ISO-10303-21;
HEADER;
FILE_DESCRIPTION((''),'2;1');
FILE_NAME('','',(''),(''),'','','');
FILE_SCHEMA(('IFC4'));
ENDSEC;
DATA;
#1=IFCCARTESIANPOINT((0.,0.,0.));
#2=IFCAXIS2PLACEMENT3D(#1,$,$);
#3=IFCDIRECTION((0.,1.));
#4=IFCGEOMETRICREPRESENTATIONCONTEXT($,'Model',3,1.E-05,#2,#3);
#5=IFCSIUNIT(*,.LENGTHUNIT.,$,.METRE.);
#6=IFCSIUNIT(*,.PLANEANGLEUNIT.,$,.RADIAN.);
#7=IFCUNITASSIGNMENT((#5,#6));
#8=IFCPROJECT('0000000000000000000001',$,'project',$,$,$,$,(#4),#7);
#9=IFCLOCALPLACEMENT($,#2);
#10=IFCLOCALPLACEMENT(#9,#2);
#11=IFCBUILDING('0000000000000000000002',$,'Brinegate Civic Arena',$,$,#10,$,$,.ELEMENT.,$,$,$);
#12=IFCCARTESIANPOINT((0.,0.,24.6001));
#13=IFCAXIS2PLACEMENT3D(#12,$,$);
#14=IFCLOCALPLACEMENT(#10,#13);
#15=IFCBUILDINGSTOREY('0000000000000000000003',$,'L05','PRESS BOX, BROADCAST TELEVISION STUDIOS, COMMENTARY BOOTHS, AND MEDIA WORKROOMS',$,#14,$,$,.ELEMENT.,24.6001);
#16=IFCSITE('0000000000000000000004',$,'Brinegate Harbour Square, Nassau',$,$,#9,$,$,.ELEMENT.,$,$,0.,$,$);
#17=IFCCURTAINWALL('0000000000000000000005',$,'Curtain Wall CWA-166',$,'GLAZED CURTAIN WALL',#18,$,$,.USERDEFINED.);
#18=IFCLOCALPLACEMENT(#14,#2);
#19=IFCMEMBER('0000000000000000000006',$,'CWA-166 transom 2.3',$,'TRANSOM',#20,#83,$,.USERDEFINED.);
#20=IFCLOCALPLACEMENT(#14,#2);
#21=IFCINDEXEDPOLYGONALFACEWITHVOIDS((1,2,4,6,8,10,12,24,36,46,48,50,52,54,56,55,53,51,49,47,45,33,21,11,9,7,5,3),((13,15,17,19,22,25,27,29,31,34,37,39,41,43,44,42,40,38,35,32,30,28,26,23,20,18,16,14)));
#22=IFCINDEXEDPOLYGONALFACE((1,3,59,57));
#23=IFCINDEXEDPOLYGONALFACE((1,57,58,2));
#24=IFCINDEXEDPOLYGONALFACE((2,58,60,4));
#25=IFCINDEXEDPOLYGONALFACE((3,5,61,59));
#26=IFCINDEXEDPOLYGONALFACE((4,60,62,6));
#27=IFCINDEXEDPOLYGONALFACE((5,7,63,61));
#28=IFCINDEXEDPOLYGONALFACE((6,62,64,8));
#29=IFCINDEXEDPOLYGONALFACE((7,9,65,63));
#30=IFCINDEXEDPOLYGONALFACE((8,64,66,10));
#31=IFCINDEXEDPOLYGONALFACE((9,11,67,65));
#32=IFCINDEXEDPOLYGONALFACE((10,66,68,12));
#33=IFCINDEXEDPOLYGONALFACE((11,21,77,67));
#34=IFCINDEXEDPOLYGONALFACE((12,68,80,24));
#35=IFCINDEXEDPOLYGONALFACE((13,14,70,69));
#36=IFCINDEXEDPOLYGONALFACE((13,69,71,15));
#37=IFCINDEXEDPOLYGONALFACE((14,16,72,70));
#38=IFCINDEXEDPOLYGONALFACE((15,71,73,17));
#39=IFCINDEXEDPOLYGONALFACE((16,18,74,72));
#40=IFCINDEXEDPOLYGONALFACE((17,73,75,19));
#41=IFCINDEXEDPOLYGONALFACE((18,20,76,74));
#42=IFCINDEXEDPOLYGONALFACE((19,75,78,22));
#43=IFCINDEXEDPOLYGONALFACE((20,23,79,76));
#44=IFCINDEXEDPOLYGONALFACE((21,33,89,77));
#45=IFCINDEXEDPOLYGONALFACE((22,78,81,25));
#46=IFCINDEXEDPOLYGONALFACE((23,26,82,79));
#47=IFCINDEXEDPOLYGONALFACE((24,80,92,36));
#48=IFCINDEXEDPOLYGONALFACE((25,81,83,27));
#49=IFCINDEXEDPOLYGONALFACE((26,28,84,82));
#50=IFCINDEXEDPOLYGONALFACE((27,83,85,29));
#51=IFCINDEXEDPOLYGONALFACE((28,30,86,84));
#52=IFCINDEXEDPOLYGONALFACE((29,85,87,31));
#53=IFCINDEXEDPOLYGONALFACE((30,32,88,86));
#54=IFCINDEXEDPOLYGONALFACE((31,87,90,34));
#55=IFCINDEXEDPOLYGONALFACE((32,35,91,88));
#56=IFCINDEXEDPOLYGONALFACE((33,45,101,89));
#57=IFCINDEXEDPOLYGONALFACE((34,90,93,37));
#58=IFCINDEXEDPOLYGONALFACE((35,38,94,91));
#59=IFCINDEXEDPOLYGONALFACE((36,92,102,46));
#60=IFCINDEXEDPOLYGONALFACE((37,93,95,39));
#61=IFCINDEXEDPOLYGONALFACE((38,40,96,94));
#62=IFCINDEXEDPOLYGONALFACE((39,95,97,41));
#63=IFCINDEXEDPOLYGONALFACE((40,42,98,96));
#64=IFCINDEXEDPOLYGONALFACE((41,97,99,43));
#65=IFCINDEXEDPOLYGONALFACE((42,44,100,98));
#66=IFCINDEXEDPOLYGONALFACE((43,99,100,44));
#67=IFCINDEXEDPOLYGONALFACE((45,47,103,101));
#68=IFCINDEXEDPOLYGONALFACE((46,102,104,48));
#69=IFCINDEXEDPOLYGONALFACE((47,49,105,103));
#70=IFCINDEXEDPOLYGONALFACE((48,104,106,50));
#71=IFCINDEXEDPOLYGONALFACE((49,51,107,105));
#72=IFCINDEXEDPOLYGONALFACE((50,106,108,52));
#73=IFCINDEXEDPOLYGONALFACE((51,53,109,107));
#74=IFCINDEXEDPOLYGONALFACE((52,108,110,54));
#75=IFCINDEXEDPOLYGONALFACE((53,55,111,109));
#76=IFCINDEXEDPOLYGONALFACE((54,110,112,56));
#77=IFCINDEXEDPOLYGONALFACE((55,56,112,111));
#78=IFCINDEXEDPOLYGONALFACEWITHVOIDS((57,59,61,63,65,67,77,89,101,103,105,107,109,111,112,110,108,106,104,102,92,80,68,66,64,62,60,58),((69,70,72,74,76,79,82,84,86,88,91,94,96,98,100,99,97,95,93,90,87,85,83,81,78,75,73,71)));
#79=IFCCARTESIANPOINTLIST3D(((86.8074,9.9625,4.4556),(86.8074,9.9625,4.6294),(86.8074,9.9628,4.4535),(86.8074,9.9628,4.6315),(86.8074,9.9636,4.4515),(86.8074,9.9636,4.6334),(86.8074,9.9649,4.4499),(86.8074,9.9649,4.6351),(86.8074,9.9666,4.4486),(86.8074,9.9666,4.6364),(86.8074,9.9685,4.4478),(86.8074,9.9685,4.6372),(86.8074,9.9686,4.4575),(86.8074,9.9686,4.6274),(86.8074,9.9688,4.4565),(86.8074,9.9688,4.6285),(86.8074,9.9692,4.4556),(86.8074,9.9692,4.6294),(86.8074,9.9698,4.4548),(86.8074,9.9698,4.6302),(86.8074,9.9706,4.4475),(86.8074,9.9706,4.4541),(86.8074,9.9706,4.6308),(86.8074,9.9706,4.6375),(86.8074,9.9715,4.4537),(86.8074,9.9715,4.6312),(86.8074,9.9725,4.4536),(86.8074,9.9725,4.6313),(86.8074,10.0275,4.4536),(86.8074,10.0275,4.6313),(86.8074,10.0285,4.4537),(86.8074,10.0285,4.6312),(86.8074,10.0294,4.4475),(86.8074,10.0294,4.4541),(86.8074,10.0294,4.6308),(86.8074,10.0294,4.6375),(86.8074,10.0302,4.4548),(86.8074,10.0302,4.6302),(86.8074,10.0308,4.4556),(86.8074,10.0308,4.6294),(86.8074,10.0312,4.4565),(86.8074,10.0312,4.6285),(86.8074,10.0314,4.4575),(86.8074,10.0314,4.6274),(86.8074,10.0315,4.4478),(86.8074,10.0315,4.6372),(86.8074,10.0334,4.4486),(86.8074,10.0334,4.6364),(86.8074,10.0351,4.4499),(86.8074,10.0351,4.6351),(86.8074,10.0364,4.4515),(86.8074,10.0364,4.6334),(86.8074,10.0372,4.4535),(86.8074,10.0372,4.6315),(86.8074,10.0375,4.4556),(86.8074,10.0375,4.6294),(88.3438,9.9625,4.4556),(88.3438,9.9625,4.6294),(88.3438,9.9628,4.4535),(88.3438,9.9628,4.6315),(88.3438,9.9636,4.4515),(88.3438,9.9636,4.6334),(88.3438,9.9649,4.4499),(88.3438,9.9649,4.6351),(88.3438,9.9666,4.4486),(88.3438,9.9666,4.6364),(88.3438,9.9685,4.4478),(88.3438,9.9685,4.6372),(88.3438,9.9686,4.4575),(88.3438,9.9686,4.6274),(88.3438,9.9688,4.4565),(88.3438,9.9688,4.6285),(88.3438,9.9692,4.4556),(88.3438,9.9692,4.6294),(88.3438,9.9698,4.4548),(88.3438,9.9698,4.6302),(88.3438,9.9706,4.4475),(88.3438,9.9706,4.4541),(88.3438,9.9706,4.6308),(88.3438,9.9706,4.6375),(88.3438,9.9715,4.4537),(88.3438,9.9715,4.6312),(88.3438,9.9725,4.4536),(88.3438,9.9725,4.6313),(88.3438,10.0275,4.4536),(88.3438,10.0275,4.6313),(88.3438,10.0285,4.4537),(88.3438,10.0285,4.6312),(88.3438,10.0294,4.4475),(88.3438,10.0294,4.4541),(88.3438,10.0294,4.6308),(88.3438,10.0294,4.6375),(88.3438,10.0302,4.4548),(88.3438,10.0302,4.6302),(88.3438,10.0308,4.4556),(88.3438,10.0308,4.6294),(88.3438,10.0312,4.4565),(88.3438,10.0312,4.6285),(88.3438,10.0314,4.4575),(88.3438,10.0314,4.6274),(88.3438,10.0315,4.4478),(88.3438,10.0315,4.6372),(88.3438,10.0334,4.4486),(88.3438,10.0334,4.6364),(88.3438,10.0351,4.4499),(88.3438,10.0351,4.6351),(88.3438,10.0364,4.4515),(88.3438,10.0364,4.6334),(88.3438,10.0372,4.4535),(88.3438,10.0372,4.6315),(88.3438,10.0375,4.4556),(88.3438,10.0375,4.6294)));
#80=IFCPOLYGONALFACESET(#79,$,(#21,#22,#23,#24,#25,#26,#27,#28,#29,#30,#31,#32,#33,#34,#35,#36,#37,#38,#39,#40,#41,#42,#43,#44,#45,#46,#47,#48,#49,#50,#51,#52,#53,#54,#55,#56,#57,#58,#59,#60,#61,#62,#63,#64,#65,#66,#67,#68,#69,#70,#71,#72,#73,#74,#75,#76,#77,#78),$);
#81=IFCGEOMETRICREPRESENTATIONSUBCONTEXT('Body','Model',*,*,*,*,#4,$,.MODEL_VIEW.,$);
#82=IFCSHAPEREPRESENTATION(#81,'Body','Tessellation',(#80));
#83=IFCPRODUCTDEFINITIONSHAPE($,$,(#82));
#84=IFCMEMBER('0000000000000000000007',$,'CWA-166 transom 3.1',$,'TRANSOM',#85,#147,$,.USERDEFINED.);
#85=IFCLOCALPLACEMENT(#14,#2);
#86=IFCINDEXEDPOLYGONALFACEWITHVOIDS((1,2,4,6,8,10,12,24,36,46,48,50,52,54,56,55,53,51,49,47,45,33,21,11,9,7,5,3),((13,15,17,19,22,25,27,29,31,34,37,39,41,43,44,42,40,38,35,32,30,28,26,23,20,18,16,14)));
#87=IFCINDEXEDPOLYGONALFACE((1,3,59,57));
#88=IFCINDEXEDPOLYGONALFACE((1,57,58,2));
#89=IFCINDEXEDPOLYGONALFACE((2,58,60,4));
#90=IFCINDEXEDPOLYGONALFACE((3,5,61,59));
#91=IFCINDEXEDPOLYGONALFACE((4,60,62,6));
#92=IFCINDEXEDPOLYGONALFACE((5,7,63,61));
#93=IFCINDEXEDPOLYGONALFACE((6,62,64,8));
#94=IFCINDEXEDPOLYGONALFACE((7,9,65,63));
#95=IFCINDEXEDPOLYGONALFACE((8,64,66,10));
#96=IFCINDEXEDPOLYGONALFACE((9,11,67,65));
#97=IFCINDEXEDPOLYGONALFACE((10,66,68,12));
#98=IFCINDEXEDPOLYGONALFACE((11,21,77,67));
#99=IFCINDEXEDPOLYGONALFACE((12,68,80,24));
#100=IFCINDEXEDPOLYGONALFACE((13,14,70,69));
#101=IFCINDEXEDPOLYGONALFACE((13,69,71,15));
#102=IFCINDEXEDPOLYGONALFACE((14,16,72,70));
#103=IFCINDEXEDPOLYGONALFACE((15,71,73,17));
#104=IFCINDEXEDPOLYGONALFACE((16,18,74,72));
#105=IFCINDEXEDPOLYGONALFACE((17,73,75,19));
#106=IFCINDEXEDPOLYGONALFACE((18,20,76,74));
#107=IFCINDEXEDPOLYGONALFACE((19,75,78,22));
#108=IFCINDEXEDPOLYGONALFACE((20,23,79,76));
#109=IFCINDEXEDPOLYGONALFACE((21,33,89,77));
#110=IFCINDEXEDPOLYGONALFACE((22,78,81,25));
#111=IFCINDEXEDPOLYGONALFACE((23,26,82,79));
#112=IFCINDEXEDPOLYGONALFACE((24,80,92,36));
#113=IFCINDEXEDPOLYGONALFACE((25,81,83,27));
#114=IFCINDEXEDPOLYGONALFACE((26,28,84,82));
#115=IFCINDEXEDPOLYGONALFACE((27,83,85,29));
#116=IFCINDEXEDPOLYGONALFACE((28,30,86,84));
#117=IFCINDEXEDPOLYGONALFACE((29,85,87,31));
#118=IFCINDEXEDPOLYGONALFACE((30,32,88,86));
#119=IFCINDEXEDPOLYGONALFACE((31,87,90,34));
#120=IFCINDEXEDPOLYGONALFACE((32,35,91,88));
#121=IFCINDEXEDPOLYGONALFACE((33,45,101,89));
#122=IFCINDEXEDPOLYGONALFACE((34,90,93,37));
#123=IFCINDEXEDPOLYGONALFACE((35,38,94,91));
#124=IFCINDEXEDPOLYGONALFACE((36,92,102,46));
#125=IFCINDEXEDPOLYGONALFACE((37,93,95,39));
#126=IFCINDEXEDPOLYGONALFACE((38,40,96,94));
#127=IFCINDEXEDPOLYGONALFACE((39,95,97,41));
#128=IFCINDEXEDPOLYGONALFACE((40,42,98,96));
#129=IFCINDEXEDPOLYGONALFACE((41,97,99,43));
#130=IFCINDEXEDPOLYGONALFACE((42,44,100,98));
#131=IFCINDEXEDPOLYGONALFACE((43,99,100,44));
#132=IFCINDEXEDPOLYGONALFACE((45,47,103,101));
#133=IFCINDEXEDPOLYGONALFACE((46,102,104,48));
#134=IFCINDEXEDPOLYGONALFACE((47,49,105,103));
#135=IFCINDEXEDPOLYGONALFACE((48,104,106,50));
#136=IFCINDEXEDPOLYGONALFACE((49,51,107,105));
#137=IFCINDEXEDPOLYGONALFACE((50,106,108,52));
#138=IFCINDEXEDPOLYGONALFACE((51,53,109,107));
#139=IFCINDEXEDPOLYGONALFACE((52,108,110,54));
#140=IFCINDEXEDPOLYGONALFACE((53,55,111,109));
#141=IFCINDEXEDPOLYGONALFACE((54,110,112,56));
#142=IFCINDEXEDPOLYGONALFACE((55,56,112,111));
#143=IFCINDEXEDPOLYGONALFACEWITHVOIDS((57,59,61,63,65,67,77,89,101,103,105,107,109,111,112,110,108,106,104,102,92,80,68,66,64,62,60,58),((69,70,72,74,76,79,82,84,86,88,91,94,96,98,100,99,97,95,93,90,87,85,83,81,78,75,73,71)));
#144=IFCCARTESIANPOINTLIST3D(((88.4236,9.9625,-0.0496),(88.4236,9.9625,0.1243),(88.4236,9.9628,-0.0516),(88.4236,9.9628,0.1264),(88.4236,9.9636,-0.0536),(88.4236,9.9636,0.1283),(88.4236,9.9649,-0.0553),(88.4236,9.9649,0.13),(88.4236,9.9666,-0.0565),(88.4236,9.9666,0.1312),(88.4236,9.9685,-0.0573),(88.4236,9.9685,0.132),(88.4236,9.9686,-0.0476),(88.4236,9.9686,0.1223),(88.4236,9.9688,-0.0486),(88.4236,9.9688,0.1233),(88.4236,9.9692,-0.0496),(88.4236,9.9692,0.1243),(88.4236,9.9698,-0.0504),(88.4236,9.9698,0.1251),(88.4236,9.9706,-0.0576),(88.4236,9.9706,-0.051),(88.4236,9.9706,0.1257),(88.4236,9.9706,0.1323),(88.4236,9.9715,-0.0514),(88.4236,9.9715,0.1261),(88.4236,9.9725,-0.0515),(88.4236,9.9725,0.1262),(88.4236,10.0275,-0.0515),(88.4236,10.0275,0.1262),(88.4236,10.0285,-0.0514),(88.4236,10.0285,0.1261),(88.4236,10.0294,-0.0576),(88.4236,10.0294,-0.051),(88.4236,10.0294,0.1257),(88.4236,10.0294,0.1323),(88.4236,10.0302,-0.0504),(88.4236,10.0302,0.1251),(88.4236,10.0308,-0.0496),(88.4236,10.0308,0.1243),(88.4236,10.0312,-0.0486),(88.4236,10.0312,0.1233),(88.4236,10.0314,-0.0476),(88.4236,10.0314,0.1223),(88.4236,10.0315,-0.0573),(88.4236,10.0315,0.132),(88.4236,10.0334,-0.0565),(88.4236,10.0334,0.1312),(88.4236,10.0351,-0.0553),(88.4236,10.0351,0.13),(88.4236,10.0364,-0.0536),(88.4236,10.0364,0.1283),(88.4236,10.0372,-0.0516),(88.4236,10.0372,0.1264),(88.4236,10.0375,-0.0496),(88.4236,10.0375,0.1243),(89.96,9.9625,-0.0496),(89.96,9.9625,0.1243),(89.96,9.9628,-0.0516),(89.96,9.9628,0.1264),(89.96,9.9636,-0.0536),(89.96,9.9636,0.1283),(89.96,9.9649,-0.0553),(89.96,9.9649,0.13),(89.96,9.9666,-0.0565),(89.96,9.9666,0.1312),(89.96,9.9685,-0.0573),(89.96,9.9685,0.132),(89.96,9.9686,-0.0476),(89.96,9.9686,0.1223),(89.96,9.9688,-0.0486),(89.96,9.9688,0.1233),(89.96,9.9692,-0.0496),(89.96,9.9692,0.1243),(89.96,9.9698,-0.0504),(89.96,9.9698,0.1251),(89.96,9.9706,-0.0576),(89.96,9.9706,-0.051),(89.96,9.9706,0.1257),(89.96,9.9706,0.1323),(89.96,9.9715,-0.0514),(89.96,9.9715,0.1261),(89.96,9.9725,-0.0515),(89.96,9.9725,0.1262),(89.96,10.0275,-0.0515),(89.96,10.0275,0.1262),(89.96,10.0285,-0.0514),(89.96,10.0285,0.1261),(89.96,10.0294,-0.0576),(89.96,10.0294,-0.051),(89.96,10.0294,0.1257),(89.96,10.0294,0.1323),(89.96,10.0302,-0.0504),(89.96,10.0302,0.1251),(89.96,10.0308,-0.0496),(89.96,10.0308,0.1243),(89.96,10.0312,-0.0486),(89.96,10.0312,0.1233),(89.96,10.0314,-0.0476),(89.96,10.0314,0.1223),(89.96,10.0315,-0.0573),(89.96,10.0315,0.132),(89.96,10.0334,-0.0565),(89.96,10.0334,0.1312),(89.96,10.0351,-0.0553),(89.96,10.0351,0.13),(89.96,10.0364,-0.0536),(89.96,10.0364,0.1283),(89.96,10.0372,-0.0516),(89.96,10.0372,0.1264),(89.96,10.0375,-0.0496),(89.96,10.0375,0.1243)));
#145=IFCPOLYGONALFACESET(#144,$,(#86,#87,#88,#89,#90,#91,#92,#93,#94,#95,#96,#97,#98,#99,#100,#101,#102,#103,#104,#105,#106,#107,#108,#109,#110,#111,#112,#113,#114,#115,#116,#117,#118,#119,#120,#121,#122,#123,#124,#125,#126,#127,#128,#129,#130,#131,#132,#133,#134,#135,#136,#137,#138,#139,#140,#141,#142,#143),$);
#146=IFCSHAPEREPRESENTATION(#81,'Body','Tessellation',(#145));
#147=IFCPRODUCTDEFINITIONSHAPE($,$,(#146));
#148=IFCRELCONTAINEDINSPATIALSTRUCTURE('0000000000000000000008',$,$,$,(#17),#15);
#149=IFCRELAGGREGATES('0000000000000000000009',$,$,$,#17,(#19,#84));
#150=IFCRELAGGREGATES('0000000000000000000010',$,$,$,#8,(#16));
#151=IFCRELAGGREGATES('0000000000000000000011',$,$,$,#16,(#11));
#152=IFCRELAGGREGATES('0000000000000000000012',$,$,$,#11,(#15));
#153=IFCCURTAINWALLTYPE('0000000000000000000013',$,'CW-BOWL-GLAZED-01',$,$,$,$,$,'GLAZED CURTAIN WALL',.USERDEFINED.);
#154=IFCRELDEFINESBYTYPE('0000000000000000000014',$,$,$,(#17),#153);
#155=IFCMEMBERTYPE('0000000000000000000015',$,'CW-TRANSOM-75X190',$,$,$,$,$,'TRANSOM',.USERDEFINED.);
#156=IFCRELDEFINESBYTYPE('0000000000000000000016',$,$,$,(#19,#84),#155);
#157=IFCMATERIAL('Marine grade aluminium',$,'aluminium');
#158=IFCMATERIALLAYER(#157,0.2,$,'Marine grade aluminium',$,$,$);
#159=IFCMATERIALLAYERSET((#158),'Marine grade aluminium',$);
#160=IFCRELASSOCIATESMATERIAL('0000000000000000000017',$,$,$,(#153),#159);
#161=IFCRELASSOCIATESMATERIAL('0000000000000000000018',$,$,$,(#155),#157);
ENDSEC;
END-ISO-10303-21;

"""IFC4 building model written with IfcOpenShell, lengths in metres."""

from ifc_helpers import new_model, si_unit, direction, frame, origin, origin_2d, place, context, subcontext, project, spatial, hollow_rectangle, extrude, material, layer, layer_set, material_profile, profile_set, type_object, element, aggregate, save


model = new_model("IFC4")

# Units and contexts
model_context = context("Model", 3, precision=1e-05, world=origin(), true_north=direction((0.0, 1.0)))
body_context = subcontext(model_context, "Body", "Model", "MODEL_VIEW")
ifc_project = project(units=[si_unit("LENGTHUNIT", "METRE"), si_unit("PLANEANGLEUNIT", "RADIAN")], contexts=[model_context])

# Site, building, storey
site_placement = place(None, origin())
site = spatial("IfcSite", under=ifc_project, at=site_placement, Name="Brinegate Harbour Square, Nassau", CompositionType="ELEMENT", RefElevation=0.0)
building_placement = place(site_placement, origin())
building = spatial("IfcBuilding", under=site, at=building_placement, Name="Brinegate Civic Arena", CompositionType="ELEMENT")
storey_placement = place(building_placement, frame((0.0, 0.0, 24.6001)))
storey = spatial("IfcBuildingStorey", under=building, at=storey_placement, Name="L05", Description="PRESS BOX, BROADCAST TELEVISION STUDIOS, COMMENTARY BOOTHS, AND MEDIA WORKROOMS", CompositionType="ELEMENT", Elevation=24.6001)

# Shared definitions
ifc_material_1 = material(Name="Marine grade aluminium", Category="aluminium")
ifc_layer_1 = layer(ifc_material_1, 0.2, Name="Marine grade aluminium")
ifc_layer_set_1 = layer_set([ifc_layer_1], Name="Marine grade aluminium")
curtain_wall_type = type_object("IfcCurtainWallType", Name="CW-BOWL-GLAZED-01", ElementType="GLAZED CURTAIN WALL", PredefinedType="USERDEFINED", material=ifc_layer_set_1)

# Curtain wall
curtain_wall_1_placement = place(storey_placement, origin())
curtain_wall_1 = element("IfcCurtainWall", 1, at=curtain_wall_1_placement, inside=storey, type_object=curtain_wall_type, Name="Curtain Wall CWA-166", ObjectType="GLAZED CURTAIN WALL", PredefinedType="USERDEFINED")

# Members
ifc_material_profile_1 = material_profile(ifc_material_1, hollow_rectangle(XDim=0.075, YDim=0.1899, WallThickness=0.0061, InnerFilletRadius=0.0039, OuterFilletRadius=0.0081, at=origin_2d()), Name="TRN75X190")
ifc_profile_set_1 = profile_set([ifc_material_profile_1], Name="Marine grade aluminium")
member_type_1 = type_object("IfcMemberType", Name="CW-TRANSOM-75X190", ElementType="TRANSOM", PredefinedType="USERDEFINED", material=ifc_profile_set_1)
member_1_placement = place(storey_placement, frame((86.8074, 10.0, 4.5425), z_axis=(1.0, 0.0, 0.0), x_axis=(0.0, 1.0, 0.0)))
member_1 = element("IfcMember", 2, at=member_1_placement, type_object=member_type_1, Name="CWA-166 transom 2.3", ObjectType="TRANSOM", PredefinedType="USERDEFINED", context=body_context, shape_type="SweptSolid", body=[
    extrude(hollow_rectangle(XDim=0.075, YDim=0.1899, WallThickness=0.0061, InnerFilletRadius=0.0039, OuterFilletRadius=0.0081, at=origin_2d()), origin(), (0.0, 0.0, 1.0), 1.5364),
])
member_2_placement = place(storey_placement, frame((88.4236, 10.0, 0.0374), z_axis=(1.0, 0.0, 0.0), x_axis=(0.0, 1.0, 0.0)))
member_2 = element("IfcMember", 3, at=member_2_placement, type_object=member_type_1, Name="CWA-166 transom 3.1", ObjectType="TRANSOM", PredefinedType="USERDEFINED", context=body_context, shape_type="SweptSolid", body=[
    extrude(hollow_rectangle(XDim=0.075, YDim=0.1899, WallThickness=0.0061, InnerFilletRadius=0.0039, OuterFilletRadius=0.0081, at=origin_2d()), origin(), (0.0, 0.0, 1.0), 1.5364),
])

aggregate(curtain_wall_1, [member_1, member_2])

save(model, "model.ifc")
